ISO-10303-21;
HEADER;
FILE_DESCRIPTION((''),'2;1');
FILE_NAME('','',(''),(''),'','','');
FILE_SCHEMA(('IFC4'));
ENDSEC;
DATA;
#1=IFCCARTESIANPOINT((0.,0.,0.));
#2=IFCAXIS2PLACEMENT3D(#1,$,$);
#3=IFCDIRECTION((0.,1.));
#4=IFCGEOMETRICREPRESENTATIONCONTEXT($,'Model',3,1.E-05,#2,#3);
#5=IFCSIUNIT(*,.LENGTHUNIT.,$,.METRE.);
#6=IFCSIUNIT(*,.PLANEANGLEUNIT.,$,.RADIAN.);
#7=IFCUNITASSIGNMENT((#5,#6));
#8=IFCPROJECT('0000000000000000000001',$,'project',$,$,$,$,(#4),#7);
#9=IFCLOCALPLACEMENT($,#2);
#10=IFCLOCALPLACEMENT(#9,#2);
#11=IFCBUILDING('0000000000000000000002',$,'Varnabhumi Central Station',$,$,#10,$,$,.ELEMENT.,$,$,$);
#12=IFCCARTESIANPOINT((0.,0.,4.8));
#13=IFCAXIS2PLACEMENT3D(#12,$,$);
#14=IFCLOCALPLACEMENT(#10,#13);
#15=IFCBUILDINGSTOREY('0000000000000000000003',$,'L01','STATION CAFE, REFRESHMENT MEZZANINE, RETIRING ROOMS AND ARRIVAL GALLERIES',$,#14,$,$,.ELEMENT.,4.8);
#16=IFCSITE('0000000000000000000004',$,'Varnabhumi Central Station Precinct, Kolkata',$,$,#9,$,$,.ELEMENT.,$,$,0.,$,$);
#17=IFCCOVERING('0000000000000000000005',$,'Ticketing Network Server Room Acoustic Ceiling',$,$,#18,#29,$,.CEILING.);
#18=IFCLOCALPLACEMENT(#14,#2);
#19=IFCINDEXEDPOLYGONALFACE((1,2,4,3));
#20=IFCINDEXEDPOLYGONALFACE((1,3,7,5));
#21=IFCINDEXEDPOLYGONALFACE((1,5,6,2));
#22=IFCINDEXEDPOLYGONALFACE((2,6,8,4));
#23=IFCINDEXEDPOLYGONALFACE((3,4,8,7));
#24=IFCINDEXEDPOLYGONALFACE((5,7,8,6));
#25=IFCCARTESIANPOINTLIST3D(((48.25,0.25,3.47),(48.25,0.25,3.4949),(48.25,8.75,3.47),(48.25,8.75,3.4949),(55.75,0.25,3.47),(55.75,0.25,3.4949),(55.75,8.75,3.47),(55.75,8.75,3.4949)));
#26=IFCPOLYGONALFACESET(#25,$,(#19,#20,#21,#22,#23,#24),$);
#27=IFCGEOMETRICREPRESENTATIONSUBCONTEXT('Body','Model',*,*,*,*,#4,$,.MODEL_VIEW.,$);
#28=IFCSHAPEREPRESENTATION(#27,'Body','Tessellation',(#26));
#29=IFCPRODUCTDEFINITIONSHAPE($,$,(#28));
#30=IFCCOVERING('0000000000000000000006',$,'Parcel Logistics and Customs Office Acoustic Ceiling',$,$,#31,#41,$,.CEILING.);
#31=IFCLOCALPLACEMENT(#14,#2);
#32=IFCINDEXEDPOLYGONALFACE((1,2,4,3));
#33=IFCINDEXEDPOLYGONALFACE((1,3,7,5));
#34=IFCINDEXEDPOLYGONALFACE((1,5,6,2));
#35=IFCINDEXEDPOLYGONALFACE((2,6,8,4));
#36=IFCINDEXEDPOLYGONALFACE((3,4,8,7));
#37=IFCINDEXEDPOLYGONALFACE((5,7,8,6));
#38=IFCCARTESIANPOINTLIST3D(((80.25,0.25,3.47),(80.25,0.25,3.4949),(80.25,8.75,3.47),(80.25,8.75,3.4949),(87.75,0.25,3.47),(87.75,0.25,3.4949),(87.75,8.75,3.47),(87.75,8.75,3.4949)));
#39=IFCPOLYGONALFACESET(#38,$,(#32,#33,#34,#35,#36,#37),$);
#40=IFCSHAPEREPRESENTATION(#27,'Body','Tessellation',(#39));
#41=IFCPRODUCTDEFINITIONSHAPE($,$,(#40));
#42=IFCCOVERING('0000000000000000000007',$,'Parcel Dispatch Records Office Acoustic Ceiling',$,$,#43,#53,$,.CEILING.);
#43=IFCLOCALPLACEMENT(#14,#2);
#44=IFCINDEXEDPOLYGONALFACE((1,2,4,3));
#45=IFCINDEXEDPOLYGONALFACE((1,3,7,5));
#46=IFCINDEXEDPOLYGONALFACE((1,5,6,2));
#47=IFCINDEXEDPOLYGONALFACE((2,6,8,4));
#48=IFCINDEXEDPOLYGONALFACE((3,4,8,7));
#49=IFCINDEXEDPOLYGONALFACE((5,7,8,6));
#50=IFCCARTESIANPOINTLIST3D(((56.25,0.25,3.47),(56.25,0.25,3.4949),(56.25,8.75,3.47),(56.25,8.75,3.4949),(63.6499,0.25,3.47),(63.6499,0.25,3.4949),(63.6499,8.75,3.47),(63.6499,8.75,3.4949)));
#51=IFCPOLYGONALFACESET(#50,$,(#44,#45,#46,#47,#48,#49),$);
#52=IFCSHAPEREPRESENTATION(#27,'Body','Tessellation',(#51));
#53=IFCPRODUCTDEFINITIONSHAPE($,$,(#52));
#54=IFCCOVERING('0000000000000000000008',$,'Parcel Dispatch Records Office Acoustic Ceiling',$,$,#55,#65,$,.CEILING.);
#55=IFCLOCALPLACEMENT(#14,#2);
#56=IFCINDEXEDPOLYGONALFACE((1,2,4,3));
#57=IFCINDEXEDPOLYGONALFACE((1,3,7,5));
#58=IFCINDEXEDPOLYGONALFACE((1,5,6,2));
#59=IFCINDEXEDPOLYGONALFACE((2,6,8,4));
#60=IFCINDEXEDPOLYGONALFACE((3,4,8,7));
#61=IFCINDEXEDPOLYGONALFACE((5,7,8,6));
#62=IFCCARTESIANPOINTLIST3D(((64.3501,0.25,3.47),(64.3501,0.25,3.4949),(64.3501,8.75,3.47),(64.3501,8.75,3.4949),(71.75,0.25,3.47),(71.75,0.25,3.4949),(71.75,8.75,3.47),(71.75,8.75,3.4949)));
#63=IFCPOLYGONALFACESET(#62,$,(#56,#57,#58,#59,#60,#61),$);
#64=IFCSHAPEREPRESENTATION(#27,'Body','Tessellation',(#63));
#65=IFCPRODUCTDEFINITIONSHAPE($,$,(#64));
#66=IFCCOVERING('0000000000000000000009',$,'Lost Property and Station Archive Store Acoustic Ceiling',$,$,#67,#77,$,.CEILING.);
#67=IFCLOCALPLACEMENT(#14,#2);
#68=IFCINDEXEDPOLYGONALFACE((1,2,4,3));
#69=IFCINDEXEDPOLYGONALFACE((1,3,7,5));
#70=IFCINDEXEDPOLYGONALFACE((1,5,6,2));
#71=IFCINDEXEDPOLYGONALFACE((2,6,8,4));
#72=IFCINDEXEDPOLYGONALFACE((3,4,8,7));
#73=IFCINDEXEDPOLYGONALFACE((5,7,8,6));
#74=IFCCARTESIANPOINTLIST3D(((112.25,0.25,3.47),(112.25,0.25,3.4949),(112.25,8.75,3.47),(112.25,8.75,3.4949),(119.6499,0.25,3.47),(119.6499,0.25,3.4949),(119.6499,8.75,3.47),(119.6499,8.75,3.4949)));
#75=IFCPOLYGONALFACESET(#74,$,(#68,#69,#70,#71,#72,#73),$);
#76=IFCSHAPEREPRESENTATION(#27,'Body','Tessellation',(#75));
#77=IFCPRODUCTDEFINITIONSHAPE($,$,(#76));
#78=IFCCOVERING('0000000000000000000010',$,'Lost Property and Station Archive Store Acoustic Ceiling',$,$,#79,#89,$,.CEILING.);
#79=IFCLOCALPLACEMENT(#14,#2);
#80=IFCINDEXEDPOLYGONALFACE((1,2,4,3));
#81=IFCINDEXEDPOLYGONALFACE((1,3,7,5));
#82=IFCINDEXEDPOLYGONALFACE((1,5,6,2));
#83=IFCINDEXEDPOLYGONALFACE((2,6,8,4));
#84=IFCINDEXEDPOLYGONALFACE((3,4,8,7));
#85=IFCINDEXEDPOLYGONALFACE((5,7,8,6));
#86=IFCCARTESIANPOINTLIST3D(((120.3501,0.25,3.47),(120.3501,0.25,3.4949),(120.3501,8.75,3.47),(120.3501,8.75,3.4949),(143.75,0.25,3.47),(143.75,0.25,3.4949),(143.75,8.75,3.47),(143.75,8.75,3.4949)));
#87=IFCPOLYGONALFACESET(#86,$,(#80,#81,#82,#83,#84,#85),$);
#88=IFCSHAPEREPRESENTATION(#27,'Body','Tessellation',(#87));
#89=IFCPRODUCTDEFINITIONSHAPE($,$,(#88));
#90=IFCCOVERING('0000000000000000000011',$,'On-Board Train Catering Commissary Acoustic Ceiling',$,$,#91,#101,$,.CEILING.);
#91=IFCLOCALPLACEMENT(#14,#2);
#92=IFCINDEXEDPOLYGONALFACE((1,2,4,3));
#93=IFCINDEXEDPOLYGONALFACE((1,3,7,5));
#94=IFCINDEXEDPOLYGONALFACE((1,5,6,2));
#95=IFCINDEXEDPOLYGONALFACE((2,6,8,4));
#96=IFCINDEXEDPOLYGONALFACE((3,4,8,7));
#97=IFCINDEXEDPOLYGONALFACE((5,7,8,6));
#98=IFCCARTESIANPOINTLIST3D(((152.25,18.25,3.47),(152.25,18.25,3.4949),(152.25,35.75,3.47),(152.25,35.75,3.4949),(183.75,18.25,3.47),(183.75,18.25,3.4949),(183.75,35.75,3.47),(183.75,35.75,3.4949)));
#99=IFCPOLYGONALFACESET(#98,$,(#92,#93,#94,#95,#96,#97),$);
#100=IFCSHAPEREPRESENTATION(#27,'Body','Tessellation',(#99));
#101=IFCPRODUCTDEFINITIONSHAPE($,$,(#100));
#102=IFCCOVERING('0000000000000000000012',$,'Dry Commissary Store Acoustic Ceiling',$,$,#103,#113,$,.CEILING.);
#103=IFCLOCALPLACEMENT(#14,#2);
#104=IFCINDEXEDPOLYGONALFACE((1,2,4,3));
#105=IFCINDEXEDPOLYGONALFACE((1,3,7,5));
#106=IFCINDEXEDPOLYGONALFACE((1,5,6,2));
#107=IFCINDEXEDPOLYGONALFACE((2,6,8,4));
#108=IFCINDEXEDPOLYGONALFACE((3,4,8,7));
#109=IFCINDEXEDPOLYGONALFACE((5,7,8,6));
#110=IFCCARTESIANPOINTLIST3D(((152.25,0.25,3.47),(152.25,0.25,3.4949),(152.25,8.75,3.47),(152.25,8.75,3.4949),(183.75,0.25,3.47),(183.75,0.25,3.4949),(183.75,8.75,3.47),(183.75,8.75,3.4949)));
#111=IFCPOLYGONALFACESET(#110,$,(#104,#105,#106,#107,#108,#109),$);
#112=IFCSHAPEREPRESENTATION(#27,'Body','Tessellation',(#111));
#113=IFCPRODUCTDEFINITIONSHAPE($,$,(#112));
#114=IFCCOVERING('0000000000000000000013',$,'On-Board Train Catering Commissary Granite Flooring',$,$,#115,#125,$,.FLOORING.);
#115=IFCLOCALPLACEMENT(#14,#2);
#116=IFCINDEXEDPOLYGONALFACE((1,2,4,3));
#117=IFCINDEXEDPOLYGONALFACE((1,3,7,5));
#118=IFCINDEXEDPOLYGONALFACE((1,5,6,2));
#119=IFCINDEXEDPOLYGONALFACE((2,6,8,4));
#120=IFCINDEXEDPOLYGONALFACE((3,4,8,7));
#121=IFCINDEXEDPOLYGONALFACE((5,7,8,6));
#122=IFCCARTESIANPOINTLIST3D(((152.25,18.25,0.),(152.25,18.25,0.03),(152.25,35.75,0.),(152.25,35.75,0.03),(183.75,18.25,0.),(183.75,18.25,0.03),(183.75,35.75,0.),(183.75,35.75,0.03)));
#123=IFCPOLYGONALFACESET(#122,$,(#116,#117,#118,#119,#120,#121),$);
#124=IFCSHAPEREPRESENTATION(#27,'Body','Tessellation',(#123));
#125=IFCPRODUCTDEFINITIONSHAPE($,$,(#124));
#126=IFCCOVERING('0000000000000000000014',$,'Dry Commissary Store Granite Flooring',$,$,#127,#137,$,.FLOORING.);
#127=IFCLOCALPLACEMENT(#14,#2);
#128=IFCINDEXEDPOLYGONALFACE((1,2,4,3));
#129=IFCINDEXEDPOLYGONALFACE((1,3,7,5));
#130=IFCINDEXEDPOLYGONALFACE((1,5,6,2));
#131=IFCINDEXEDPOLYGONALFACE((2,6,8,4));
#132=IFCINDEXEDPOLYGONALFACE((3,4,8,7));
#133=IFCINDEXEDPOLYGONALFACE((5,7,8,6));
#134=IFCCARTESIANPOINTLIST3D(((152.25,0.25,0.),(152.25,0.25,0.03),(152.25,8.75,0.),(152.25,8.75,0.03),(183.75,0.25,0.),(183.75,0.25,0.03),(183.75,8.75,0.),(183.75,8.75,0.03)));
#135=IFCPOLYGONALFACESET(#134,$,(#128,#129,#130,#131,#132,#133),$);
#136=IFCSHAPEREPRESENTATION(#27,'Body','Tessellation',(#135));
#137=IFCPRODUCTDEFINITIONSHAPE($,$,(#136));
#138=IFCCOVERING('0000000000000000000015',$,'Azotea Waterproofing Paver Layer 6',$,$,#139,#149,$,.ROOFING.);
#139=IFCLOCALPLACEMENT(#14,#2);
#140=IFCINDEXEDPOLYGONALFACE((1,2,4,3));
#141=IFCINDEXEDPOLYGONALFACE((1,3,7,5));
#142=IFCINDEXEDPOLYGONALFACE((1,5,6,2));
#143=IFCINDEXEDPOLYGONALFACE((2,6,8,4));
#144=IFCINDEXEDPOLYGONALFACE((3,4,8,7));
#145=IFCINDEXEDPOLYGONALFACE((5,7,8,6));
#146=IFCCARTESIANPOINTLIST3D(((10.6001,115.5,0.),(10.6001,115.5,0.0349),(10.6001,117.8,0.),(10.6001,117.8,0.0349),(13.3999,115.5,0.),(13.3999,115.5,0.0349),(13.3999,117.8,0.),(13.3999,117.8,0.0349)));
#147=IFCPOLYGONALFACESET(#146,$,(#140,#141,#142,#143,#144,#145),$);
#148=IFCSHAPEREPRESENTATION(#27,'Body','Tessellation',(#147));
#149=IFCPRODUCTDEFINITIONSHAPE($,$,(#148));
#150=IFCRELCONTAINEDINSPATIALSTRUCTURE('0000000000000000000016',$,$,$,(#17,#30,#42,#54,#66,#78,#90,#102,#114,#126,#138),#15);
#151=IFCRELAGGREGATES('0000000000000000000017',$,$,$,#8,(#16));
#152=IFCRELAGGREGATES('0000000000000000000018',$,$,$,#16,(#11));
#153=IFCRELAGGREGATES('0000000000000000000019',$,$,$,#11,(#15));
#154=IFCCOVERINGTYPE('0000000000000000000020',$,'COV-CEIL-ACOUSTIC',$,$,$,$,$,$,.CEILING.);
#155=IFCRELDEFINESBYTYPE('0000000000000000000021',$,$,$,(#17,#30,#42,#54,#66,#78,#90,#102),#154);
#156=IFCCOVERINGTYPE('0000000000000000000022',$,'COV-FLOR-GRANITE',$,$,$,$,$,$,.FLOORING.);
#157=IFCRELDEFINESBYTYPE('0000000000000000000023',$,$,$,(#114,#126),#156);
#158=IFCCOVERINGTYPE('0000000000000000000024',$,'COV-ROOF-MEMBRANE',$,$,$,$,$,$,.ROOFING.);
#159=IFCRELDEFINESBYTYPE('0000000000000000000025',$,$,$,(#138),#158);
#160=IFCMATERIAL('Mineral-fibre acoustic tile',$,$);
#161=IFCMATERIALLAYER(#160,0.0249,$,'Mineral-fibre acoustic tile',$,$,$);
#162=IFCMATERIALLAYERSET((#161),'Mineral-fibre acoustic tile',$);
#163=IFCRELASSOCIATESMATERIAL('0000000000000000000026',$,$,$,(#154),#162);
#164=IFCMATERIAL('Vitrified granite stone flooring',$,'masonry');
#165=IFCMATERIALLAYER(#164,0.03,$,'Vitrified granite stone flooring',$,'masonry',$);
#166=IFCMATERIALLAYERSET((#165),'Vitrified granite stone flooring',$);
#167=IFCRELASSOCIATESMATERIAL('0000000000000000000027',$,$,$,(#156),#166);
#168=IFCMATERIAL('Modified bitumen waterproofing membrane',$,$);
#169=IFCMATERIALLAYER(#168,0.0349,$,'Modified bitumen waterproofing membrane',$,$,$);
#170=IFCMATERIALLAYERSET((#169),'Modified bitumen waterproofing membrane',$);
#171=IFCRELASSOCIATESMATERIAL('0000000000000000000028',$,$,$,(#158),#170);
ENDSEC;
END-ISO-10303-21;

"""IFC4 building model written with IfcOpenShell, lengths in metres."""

from ifc_helpers import new_model, si_unit, direction, frame, origin, place, context, subcontext, project, spatial, polyline, outline, extrude, material, layer, layer_set, type_object, element, save


model = new_model("IFC4")

# Units and contexts
model_context = context("Model", 3, precision=1e-05, world=origin(), true_north=direction((0.0, 1.0)))
body_context = subcontext(model_context, "Body", "Model", "MODEL_VIEW")
ifc_project = project(units=[si_unit("LENGTHUNIT", "METRE"), si_unit("PLANEANGLEUNIT", "RADIAN")], contexts=[model_context])

# Site, building, storey
site_placement = place(None, origin())
site = spatial("IfcSite", under=ifc_project, at=site_placement, Name="Varnabhumi Central Station Precinct, Kolkata", CompositionType="ELEMENT", RefElevation=0.0)
building_placement = place(site_placement, origin())
building = spatial("IfcBuilding", under=site, at=building_placement, Name="Varnabhumi Central Station", CompositionType="ELEMENT")
storey_placement = place(building_placement, frame((0.0, 0.0, 4.8)))
storey = spatial("IfcBuildingStorey", under=building, at=storey_placement, Name="L01", Description="STATION CAFE, REFRESHMENT MEZZANINE, RETIRING ROOMS AND ARRIVAL GALLERIES", CompositionType="ELEMENT", Elevation=4.8)

# Coverings
ifc_material_1 = material(Name="Mineral-fibre acoustic tile")
ifc_layer_1 = layer(ifc_material_1, 0.0249, Name="Mineral-fibre acoustic tile")
ifc_layer_set_1 = layer_set([ifc_layer_1], Name="Mineral-fibre acoustic tile")
covering_type_1 = type_object("IfcCoveringType", Name="COV-CEIL-ACOUSTIC", PredefinedType="CEILING", material=ifc_layer_set_1)
covering_1_placement = place(storey_placement, frame((0.0, 0.0, 3.47)))
element("IfcCovering", 1, at=covering_1_placement, inside=storey, type_object=covering_type_1, Name="Ticketing Network Server Room Acoustic Ceiling", PredefinedType="CEILING", context=body_context, shape_type="SweptSolid", body=[
    extrude(outline(polyline([(48.25, 0.25), (55.75, 0.25), (55.75, 8.75), (48.25, 8.75), (48.25, 0.25)])), origin(), (0.0, 0.0, 1.0), 0.0249),
])
covering_2_placement = place(storey_placement, frame((0.0, 0.0, 3.47)))
element("IfcCovering", 2, at=covering_2_placement, inside=storey, type_object=covering_type_1, Name="Parcel Logistics and Customs Office Acoustic Ceiling", PredefinedType="CEILING", context=body_context, shape_type="SweptSolid", body=[
    extrude(outline(polyline([(80.25, 0.25), (87.75, 0.25), (87.75, 8.75), (80.25, 8.75), (80.25, 0.25)])), origin(), (0.0, 0.0, 1.0), 0.0249),
])
covering_3_placement = place(storey_placement, frame((0.0, 0.0, 3.47)))
element("IfcCovering", 3, at=covering_3_placement, inside=storey, type_object=covering_type_1, Name="Parcel Dispatch Records Office Acoustic Ceiling", PredefinedType="CEILING", context=body_context, shape_type="SweptSolid", body=[
    extrude(outline(polyline([(56.25, 0.25), (63.6499, 0.25), (63.6499, 8.75), (56.25, 8.75), (56.25, 0.25)])), origin(), (0.0, 0.0, 1.0), 0.0249),
])
covering_4_placement = place(storey_placement, frame((0.0, 0.0, 3.47)))
element("IfcCovering", 4, at=covering_4_placement, inside=storey, type_object=covering_type_1, Name="Parcel Dispatch Records Office Acoustic Ceiling", PredefinedType="CEILING", context=body_context, shape_type="SweptSolid", body=[
    extrude(outline(polyline([(64.3501, 0.25), (71.75, 0.25), (71.75, 8.75), (64.3501, 8.75), (64.3501, 0.25)])), origin(), (0.0, 0.0, 1.0), 0.0249),
])
covering_5_placement = place(storey_placement, frame((0.0, 0.0, 3.47)))
element("IfcCovering", 5, at=covering_5_placement, inside=storey, type_object=covering_type_1, Name="Lost Property and Station Archive Store Acoustic Ceiling", PredefinedType="CEILING", context=body_context, shape_type="SweptSolid", body=[
    extrude(outline(polyline([(112.25, 0.25), (119.6499, 0.25), (119.6499, 8.75), (112.25, 8.75), (112.25, 0.25)])), origin(), (0.0, 0.0, 1.0), 0.0249),
])
covering_6_placement = place(storey_placement, frame((0.0, 0.0, 3.47)))
element("IfcCovering", 6, at=covering_6_placement, inside=storey, type_object=covering_type_1, Name="Lost Property and Station Archive Store Acoustic Ceiling", PredefinedType="CEILING", context=body_context, shape_type="SweptSolid", body=[
    extrude(outline(polyline([(120.3501, 0.25), (143.75, 0.25), (143.75, 8.75), (120.3501, 8.75), (120.3501, 0.25)])), origin(), (0.0, 0.0, 1.0), 0.0249),
])
covering_7_placement = place(storey_placement, frame((0.0, 0.0, 3.47)))
element("IfcCovering", 7, at=covering_7_placement, inside=storey, type_object=covering_type_1, Name="On-Board Train Catering Commissary Acoustic Ceiling", PredefinedType="CEILING", context=body_context, shape_type="SweptSolid", body=[
    extrude(outline(polyline([(152.25, 18.25), (183.75, 18.25), (183.75, 35.75), (152.25, 35.75), (152.25, 18.25)])), origin(), (0.0, 0.0, 1.0), 0.0249),
])
covering_8_placement = place(storey_placement, frame((0.0, 0.0, 3.47)))
element("IfcCovering", 8, at=covering_8_placement, inside=storey, type_object=covering_type_1, Name="Dry Commissary Store Acoustic Ceiling", PredefinedType="CEILING", context=body_context, shape_type="SweptSolid", body=[
    extrude(outline(polyline([(152.25, 0.25), (183.75, 0.25), (183.75, 8.75), (152.25, 8.75), (152.25, 0.25)])), origin(), (0.0, 0.0, 1.0), 0.0249),
])
ifc_material_2 = material(Name="Vitrified granite stone flooring", Category="masonry")
ifc_layer_2 = layer(ifc_material_2, 0.03, Name="Vitrified granite stone flooring", Category="masonry")
ifc_layer_set_2 = layer_set([ifc_layer_2], Name="Vitrified granite stone flooring")
covering_type_2 = type_object("IfcCoveringType", Name="COV-FLOR-GRANITE", PredefinedType="FLOORING", material=ifc_layer_set_2)
covering_9_placement = place(storey_placement, origin())
element("IfcCovering", 9, at=covering_9_placement, inside=storey, type_object=covering_type_2, Name="On-Board Train Catering Commissary Granite Flooring", PredefinedType="FLOORING", context=body_context, shape_type="SweptSolid", body=[
    extrude(outline(polyline([(152.25, 18.25), (183.75, 18.25), (183.75, 35.75), (152.25, 35.75), (152.25, 18.25)])), origin(), (0.0, 0.0, 1.0), 0.03),
])
covering_10_placement = place(storey_placement, origin())
element("IfcCovering", 10, at=covering_10_placement, inside=storey, type_object=covering_type_2, Name="Dry Commissary Store Granite Flooring", PredefinedType="FLOORING", context=body_context, shape_type="SweptSolid", body=[
    extrude(outline(polyline([(152.25, 0.25), (183.75, 0.25), (183.75, 8.75), (152.25, 8.75), (152.25, 0.25)])), origin(), (0.0, 0.0, 1.0), 0.03),
])
ifc_material_3 = material(Name="Modified bitumen waterproofing membrane")
ifc_layer_3 = layer(ifc_material_3, 0.0349, Name="Modified bitumen waterproofing membrane")
ifc_layer_set_3 = layer_set([ifc_layer_3], Name="Modified bitumen waterproofing membrane")
covering_type_3 = type_object("IfcCoveringType", Name="COV-ROOF-MEMBRANE", PredefinedType="ROOFING", material=ifc_layer_set_3)
covering_11_placement = place(storey_placement, origin())
element("IfcCovering", 11, at=covering_11_placement, inside=storey, type_object=covering_type_3, Name="Azotea Waterproofing Paver Layer 6", PredefinedType="ROOFING", context=body_context, shape_type="SweptSolid", body=[
    extrude(outline(polyline([(10.6001, 117.8), (13.3999, 117.8), (13.3999, 115.5), (10.6001, 115.5), (10.6001, 117.8)])), origin(), (0.0, 0.0, 1.0), 0.0349),
])

save(model, "model.ifc")
